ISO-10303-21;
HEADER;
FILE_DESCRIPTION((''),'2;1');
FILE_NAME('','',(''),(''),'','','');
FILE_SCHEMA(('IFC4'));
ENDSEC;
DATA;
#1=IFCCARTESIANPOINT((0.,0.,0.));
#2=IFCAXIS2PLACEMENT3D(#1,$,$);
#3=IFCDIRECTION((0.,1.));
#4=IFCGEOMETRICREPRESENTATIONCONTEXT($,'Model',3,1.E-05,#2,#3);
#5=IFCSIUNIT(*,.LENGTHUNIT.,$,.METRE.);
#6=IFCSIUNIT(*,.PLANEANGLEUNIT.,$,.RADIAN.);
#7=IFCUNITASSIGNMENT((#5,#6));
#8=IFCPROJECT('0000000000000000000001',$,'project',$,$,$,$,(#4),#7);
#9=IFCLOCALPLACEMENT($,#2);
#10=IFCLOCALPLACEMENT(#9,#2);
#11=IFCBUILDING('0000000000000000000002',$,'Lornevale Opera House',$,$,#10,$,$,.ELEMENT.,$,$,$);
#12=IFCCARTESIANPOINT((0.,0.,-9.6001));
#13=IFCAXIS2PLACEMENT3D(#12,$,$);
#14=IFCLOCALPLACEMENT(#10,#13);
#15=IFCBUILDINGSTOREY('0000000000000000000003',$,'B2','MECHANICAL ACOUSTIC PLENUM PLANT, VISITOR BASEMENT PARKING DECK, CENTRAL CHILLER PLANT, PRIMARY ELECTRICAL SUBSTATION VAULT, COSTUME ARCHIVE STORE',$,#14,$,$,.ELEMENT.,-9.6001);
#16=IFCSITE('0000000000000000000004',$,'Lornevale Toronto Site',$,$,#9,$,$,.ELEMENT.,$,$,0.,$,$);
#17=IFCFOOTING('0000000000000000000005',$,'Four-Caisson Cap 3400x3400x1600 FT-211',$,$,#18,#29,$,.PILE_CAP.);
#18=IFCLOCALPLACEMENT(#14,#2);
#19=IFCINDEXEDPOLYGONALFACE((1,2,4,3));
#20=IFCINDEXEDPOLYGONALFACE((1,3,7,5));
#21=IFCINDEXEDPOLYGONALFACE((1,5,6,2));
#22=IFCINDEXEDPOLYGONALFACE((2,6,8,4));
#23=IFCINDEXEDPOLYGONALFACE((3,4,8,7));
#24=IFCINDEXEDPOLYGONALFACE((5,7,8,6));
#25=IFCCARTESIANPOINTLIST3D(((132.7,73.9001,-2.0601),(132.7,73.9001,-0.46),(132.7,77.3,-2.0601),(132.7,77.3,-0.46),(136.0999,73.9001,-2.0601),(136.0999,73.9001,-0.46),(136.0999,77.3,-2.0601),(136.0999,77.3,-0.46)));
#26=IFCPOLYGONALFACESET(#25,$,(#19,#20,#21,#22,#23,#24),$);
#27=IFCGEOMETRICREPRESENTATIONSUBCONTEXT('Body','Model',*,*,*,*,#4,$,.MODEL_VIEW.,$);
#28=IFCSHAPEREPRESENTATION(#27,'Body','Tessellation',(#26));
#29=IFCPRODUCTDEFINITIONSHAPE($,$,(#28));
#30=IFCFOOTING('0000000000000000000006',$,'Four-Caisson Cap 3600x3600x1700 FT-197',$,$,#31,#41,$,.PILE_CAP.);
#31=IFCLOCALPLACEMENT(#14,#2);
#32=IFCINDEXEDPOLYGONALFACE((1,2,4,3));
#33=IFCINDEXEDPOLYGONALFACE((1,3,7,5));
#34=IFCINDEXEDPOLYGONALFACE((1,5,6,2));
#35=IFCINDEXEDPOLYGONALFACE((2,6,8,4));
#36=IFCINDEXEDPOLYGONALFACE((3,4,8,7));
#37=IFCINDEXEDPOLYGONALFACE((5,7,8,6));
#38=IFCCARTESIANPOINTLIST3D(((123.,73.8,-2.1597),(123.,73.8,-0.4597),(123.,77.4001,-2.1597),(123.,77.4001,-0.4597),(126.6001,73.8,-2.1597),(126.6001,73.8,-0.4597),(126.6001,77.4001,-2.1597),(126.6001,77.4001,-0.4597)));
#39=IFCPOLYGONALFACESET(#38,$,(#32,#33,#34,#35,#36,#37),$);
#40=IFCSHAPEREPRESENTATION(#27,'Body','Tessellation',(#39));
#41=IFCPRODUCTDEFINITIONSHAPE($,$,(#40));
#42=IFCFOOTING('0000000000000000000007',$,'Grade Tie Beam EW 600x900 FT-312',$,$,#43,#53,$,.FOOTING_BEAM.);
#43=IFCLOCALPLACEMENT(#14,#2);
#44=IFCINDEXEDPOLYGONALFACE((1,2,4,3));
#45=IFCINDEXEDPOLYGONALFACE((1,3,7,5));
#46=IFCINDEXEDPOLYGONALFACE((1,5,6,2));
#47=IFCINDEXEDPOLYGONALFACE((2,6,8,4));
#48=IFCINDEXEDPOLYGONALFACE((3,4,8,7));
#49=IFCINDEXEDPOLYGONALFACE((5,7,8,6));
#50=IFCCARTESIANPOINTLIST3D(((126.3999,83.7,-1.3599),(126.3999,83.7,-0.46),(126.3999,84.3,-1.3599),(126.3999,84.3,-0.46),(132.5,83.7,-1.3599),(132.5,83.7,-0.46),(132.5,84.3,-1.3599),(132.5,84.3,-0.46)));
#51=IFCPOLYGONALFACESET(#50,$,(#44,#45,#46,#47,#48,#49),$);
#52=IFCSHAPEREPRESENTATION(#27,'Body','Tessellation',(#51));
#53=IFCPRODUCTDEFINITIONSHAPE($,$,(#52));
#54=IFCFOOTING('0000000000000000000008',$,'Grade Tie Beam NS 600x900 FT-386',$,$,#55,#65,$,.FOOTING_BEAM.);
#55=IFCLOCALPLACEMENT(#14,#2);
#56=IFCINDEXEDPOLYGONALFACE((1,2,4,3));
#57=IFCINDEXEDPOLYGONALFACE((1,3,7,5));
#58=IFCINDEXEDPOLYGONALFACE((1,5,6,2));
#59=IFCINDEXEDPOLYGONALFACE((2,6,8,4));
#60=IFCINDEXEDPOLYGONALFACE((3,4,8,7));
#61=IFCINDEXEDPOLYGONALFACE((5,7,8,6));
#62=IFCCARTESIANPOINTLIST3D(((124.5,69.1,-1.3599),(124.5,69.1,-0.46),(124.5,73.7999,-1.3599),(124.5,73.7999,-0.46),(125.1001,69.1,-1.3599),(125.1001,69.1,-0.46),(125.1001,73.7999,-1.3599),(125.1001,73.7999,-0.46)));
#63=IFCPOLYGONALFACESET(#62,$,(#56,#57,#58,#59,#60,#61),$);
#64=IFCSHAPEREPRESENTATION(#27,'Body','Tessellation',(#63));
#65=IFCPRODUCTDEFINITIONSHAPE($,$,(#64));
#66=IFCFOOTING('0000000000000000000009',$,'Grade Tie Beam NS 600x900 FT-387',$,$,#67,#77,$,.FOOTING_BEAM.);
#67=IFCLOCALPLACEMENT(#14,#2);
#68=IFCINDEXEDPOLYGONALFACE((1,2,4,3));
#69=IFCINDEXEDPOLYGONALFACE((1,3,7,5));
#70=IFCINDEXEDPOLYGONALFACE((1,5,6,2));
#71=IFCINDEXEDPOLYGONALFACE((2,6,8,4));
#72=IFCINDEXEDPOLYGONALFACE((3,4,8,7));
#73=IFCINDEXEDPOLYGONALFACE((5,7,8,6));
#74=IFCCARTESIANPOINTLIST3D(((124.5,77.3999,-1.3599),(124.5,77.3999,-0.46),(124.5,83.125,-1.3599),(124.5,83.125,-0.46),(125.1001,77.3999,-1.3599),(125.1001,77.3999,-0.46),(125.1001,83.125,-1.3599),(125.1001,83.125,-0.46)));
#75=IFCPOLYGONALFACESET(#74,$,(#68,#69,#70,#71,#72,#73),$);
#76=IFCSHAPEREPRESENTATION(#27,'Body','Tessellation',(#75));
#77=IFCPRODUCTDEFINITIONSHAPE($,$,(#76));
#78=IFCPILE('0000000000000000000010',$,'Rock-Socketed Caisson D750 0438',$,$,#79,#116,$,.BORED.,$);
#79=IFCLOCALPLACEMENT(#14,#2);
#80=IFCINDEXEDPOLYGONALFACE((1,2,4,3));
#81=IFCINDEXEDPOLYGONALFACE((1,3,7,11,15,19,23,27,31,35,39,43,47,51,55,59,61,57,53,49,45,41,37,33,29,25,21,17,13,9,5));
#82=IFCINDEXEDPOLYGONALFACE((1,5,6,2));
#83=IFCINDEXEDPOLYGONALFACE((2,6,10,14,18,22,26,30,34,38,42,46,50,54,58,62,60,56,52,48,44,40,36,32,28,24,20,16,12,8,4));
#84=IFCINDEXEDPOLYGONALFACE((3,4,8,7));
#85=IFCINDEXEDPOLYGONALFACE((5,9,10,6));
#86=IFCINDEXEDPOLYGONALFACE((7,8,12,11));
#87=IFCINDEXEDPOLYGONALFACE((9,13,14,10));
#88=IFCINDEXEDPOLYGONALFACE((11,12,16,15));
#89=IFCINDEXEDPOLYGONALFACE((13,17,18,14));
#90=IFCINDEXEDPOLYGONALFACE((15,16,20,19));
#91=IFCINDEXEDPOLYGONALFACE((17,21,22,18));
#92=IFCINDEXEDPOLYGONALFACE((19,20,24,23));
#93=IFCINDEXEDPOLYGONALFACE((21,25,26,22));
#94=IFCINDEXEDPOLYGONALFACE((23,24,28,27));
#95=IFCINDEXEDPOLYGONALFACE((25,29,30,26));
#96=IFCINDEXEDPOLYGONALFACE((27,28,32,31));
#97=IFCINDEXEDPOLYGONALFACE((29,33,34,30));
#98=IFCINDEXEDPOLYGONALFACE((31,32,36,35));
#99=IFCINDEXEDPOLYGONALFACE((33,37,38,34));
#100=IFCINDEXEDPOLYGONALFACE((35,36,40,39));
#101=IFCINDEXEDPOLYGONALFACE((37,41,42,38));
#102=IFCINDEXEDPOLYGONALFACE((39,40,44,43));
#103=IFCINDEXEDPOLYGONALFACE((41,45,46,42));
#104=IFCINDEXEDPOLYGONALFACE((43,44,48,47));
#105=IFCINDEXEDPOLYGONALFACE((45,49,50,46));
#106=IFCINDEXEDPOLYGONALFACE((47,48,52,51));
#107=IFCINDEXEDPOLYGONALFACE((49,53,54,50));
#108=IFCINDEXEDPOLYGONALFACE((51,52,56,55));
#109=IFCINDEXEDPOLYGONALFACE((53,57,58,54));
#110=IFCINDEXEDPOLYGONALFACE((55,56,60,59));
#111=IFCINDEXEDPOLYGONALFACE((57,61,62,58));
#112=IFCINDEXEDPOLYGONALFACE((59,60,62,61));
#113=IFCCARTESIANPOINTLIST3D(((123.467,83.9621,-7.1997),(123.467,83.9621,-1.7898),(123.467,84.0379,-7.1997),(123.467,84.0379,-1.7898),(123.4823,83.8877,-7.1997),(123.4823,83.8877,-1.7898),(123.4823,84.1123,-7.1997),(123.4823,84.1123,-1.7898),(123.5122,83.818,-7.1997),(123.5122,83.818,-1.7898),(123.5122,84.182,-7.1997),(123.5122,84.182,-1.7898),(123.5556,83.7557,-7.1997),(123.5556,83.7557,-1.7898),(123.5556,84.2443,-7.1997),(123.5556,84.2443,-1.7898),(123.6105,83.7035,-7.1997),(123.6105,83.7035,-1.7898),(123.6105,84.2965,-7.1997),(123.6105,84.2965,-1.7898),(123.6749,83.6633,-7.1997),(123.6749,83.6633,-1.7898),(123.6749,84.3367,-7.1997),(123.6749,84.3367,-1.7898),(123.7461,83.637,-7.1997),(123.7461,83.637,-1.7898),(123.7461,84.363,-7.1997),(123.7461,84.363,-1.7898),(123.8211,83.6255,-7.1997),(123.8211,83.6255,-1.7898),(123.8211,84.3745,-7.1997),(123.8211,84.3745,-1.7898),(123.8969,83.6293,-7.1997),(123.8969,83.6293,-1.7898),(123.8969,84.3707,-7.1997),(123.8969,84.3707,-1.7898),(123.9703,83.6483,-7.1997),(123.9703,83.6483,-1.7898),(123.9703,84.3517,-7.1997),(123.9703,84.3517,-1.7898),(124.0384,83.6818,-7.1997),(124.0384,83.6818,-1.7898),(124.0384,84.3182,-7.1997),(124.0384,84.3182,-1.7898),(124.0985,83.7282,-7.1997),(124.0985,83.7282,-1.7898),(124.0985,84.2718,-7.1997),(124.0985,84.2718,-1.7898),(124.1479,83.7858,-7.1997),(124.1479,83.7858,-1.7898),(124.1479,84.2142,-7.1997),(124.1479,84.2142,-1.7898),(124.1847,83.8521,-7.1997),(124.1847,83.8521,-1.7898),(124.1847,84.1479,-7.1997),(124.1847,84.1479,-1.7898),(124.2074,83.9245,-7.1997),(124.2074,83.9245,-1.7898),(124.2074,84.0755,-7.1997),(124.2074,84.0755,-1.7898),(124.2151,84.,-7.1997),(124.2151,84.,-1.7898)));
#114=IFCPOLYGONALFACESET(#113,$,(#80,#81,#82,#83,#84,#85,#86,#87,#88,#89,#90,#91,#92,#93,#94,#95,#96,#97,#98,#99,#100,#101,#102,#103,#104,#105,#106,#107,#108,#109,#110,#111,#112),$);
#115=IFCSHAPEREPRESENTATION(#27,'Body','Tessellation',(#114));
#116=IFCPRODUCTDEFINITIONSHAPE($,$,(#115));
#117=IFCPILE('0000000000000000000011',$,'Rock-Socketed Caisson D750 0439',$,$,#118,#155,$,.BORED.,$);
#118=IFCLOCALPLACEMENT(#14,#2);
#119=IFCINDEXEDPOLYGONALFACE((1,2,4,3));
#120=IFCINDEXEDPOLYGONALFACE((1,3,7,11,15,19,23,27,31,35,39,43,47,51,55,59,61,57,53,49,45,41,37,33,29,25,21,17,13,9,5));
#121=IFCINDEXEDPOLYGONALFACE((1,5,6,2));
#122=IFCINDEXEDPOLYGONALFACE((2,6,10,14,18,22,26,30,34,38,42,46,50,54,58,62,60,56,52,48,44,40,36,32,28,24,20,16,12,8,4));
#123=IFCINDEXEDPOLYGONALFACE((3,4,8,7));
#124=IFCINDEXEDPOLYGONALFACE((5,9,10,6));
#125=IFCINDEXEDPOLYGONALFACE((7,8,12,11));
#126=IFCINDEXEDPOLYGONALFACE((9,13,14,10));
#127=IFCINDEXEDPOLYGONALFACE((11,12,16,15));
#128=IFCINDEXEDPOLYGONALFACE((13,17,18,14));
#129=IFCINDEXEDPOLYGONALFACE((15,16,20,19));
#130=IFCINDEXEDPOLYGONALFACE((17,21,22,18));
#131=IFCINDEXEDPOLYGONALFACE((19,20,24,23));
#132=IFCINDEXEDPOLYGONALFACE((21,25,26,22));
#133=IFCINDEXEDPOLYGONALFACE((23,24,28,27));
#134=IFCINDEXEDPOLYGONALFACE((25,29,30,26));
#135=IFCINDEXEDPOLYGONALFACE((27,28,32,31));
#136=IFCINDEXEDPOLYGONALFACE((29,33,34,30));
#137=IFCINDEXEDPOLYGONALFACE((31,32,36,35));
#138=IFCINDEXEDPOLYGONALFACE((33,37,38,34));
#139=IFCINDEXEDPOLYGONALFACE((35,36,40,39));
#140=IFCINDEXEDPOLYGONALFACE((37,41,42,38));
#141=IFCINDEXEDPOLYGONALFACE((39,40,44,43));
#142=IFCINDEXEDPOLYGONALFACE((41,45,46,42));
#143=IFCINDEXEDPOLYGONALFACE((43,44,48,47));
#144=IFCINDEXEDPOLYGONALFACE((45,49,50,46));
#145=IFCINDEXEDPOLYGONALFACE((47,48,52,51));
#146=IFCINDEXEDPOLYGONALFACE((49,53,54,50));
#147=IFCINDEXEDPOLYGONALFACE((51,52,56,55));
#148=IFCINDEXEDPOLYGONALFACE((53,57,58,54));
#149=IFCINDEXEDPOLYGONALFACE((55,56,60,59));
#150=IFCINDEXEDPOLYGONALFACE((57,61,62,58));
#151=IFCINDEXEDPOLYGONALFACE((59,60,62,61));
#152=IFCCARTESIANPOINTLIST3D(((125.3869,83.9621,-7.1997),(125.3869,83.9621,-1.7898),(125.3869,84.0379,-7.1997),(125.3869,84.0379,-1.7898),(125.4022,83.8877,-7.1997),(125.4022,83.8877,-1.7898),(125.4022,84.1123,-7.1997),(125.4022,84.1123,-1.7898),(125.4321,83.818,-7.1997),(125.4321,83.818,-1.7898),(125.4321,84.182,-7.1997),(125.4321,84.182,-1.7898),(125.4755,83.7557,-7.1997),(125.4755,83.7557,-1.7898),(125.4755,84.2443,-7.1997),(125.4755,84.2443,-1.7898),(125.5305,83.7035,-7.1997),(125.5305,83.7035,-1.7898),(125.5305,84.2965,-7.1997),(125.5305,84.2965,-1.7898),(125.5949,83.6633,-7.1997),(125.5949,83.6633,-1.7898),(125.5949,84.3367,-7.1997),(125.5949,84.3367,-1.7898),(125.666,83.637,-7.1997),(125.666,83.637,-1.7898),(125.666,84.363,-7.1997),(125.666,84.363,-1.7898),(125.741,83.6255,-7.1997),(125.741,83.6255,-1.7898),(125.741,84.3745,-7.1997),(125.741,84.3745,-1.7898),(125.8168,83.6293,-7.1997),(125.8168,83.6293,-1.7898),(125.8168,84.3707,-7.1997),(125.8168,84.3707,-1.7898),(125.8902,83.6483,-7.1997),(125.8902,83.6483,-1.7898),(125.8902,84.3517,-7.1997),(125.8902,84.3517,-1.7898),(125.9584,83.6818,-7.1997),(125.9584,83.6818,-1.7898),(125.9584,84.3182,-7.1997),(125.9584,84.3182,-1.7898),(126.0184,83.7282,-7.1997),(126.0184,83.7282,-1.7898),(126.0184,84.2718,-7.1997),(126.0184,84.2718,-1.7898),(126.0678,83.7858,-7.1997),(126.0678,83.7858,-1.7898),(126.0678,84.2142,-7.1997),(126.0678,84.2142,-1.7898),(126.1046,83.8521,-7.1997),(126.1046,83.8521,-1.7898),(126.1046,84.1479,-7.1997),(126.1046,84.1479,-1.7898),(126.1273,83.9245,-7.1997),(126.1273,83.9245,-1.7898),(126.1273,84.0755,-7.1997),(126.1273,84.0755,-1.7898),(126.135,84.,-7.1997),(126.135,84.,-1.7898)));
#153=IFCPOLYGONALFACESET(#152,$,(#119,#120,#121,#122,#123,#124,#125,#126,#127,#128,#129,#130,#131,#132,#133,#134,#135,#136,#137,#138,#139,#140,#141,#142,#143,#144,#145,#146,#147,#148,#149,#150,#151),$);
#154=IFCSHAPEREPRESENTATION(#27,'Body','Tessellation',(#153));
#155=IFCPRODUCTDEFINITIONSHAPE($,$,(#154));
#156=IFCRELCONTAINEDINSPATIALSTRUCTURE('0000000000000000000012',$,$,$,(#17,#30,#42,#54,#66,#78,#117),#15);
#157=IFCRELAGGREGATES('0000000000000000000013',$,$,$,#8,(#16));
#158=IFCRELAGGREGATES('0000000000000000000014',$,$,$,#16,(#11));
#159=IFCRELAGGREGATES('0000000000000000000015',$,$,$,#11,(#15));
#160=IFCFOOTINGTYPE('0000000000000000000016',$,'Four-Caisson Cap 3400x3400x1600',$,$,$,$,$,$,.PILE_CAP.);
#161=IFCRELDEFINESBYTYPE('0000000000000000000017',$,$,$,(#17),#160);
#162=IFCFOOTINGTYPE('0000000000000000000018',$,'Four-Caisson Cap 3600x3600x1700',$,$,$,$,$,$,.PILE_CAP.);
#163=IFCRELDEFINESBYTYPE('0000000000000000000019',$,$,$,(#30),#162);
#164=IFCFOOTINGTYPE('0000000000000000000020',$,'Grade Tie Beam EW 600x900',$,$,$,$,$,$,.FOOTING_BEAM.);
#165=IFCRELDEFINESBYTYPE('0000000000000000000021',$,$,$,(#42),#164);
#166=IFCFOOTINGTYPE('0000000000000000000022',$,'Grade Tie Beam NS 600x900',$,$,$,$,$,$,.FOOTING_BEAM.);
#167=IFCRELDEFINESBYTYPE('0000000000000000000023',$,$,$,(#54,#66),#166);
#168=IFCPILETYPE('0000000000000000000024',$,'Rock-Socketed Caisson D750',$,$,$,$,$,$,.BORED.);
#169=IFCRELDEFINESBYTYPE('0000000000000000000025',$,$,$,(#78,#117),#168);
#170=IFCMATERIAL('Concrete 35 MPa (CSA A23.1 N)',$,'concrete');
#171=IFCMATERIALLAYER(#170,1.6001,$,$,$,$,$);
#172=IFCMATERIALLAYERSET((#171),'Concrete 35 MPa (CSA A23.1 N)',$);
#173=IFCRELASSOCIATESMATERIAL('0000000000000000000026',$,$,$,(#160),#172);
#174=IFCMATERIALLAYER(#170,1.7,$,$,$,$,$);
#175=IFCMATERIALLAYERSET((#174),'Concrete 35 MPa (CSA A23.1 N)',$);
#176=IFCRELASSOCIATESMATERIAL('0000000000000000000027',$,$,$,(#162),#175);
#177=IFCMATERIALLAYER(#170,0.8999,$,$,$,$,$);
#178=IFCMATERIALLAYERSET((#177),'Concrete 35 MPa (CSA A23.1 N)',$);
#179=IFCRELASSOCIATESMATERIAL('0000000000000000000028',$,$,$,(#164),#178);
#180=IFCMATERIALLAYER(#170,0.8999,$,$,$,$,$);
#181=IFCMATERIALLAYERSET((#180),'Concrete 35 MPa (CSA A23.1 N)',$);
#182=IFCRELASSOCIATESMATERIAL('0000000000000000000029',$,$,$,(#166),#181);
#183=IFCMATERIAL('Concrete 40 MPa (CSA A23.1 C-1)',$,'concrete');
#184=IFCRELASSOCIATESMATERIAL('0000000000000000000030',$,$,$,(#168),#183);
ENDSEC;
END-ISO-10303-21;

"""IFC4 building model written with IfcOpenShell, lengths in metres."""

from ifc_helpers import new_model, si_unit, direction, frame, origin, origin_2d, place, context, subcontext, project, spatial, rectangle, circle, extrude, material, layer, layer_set, material_profile, profile_set, type_object, element, save


model = new_model("IFC4")

# Units and contexts
model_context = context("Model", 3, precision=1e-05, world=origin(), true_north=direction((0.0, 1.0)))
body_context = subcontext(model_context, "Body", "Model", "MODEL_VIEW")
ifc_project = project(units=[si_unit("LENGTHUNIT", "METRE"), si_unit("PLANEANGLEUNIT", "RADIAN")], contexts=[model_context])

# Site, building, storey
site_placement = place(None, origin())
site = spatial("IfcSite", under=ifc_project, at=site_placement, Name="Lornevale Toronto Site", CompositionType="ELEMENT", RefElevation=0.0)
building_placement = place(site_placement, origin())
building = spatial("IfcBuilding", under=site, at=building_placement, Name="Lornevale Opera House", CompositionType="ELEMENT")
storey_placement = place(building_placement, frame((0.0, 0.0, -9.6001)))
storey = spatial("IfcBuildingStorey", under=building, at=storey_placement, Name="B2", Description="MECHANICAL ACOUSTIC PLENUM PLANT, VISITOR BASEMENT PARKING DECK, CENTRAL CHILLER PLANT, PRIMARY ELECTRICAL SUBSTATION VAULT, COSTUME ARCHIVE STORE", CompositionType="ELEMENT", Elevation=-9.6001)

# Footings
ifc_material_1 = material(Name="Concrete 35 MPa (CSA A23.1 N)", Category="concrete")
ifc_layer_1 = layer(ifc_material_1, 1.6001)
ifc_layer_set_1 = layer_set([ifc_layer_1], Name="Concrete 35 MPa (CSA A23.1 N)")
footing_type_1 = type_object("IfcFootingType", Name="Four-Caisson Cap 3400x3400x1600", PredefinedType="PILE_CAP", material=ifc_layer_set_1)
footing_1_placement = place(storey_placement, frame((134.3999, 75.6001, -2.0601), z_axis=(0.0, 0.0, 1.0), x_axis=(1.0, 0.0, 0.0)))
element("IfcFooting", 1, at=footing_1_placement, inside=storey, type_object=footing_type_1, Name="Four-Caisson Cap 3400x3400x1600 FT-211", PredefinedType="PILE_CAP", context=body_context, shape_type="SweptSolid", body=[
    extrude(rectangle(XDim=3.3999, YDim=3.3999, at=origin_2d()), origin(), (0.0, 0.0, 1.0), 1.6001),
])
ifc_layer_2 = layer(ifc_material_1, 1.7)
ifc_layer_set_2 = layer_set([ifc_layer_2], Name="Concrete 35 MPa (CSA A23.1 N)")
footing_type_2 = type_object("IfcFootingType", Name="Four-Caisson Cap 3600x3600x1700", PredefinedType="PILE_CAP", material=ifc_layer_set_2)
footing_2_placement = place(storey_placement, frame((124.8, 75.6001, -2.1597), z_axis=(0.0, 0.0, 1.0), x_axis=(1.0, 0.0, 0.0)))
element("IfcFooting", 2, at=footing_2_placement, inside=storey, type_object=footing_type_2, Name="Four-Caisson Cap 3600x3600x1700 FT-197", PredefinedType="PILE_CAP", context=body_context, shape_type="SweptSolid", body=[
    extrude(rectangle(XDim=3.6001, YDim=3.6001, at=origin_2d()), origin(), (0.0, 0.0, 1.0), 1.7),
])
ifc_layer_3 = layer(ifc_material_1, 0.8999)
ifc_layer_set_3 = layer_set([ifc_layer_3], Name="Concrete 35 MPa (CSA A23.1 N)")
footing_type_3 = type_object("IfcFootingType", Name="Grade Tie Beam EW 600x900", PredefinedType="FOOTING_BEAM", material=ifc_layer_set_3)
footing_3_placement = place(storey_placement, frame((129.45, 84.0, -1.3599), z_axis=(0.0, 0.0, 1.0), x_axis=(1.0, 0.0, 0.0)))
element("IfcFooting", 3, at=footing_3_placement, inside=storey, type_object=footing_type_3, Name="Grade Tie Beam EW 600x900 FT-312", PredefinedType="FOOTING_BEAM", context=body_context, shape_type="SweptSolid", body=[
    extrude(rectangle(XDim=6.1001, YDim=0.6001, at=origin_2d()), origin(), (0.0, 0.0, 1.0), 0.8999),
])
ifc_layer_4 = layer(ifc_material_1, 0.8999)
ifc_layer_set_4 = layer_set([ifc_layer_4], Name="Concrete 35 MPa (CSA A23.1 N)")
footing_type_4 = type_object("IfcFootingType", Name="Grade Tie Beam NS 600x900", PredefinedType="FOOTING_BEAM", material=ifc_layer_set_4)
footing_4_placement = place(storey_placement, frame((124.8, 71.45, -1.3599), z_axis=(0.0, 0.0, 1.0), x_axis=(1.0, 0.0, 0.0)))
element("IfcFooting", 4, at=footing_4_placement, inside=storey, type_object=footing_type_4, Name="Grade Tie Beam NS 600x900 FT-386", PredefinedType="FOOTING_BEAM", context=body_context, shape_type="SweptSolid", body=[
    extrude(rectangle(XDim=0.6001, YDim=4.7, at=origin_2d()), origin(), (0.0, 0.0, 1.0), 0.8999),
])
footing_5_placement = place(storey_placement, frame((124.8, 80.2625, -1.3599), z_axis=(0.0, 0.0, 1.0), x_axis=(1.0, 0.0, 0.0)))
element("IfcFooting", 5, at=footing_5_placement, inside=storey, type_object=footing_type_4, Name="Grade Tie Beam NS 600x900 FT-387", PredefinedType="FOOTING_BEAM", context=body_context, shape_type="SweptSolid", body=[
    extrude(rectangle(XDim=0.6001, YDim=5.7251, at=origin_2d()), origin(), (0.0, 0.0, 1.0), 0.8999),
])

# Piles
ifc_material_2 = material(Name="Concrete 40 MPa (CSA A23.1 C-1)", Category="concrete")
ifc_material_profile_1 = material_profile(ifc_material_2, circle(Radius=0.375, at=origin_2d()), Name="CAIS750")
ifc_profile_set_1 = profile_set([ifc_material_profile_1], Name="Concrete 40 MPa (CSA A23.1 C-1)")
pile_type_1 = type_object("IfcPileType", Name="Rock-Socketed Caisson D750", PredefinedType="BORED", material=ifc_profile_set_1)
for number, where, z_axis, x_axis, name in (
    (6, (123.8401, 84.0, -1.7898), (0.0, 0.0, -1.0), (1.0, 0.0, 0.0), "Rock-Socketed Caisson D750 0438"),
    (7, (125.76, 84.0, -1.7898), (0.0, 0.0, -1.0), (1.0, 0.0, 0.0), "Rock-Socketed Caisson D750 0439"),
):
    element("IfcPile", number, at=place(storey_placement, frame(where, z_axis=z_axis, x_axis=x_axis)), inside=storey, type_object=pile_type_1, Name=name, PredefinedType="BORED", context=body_context, shape_type="SweptSolid", body=[
        extrude(circle(Radius=0.375, at=origin_2d()), origin(), (0.0, 0.0, 1.0), 5.4099),
    ])

save(model, "model.ifc")
